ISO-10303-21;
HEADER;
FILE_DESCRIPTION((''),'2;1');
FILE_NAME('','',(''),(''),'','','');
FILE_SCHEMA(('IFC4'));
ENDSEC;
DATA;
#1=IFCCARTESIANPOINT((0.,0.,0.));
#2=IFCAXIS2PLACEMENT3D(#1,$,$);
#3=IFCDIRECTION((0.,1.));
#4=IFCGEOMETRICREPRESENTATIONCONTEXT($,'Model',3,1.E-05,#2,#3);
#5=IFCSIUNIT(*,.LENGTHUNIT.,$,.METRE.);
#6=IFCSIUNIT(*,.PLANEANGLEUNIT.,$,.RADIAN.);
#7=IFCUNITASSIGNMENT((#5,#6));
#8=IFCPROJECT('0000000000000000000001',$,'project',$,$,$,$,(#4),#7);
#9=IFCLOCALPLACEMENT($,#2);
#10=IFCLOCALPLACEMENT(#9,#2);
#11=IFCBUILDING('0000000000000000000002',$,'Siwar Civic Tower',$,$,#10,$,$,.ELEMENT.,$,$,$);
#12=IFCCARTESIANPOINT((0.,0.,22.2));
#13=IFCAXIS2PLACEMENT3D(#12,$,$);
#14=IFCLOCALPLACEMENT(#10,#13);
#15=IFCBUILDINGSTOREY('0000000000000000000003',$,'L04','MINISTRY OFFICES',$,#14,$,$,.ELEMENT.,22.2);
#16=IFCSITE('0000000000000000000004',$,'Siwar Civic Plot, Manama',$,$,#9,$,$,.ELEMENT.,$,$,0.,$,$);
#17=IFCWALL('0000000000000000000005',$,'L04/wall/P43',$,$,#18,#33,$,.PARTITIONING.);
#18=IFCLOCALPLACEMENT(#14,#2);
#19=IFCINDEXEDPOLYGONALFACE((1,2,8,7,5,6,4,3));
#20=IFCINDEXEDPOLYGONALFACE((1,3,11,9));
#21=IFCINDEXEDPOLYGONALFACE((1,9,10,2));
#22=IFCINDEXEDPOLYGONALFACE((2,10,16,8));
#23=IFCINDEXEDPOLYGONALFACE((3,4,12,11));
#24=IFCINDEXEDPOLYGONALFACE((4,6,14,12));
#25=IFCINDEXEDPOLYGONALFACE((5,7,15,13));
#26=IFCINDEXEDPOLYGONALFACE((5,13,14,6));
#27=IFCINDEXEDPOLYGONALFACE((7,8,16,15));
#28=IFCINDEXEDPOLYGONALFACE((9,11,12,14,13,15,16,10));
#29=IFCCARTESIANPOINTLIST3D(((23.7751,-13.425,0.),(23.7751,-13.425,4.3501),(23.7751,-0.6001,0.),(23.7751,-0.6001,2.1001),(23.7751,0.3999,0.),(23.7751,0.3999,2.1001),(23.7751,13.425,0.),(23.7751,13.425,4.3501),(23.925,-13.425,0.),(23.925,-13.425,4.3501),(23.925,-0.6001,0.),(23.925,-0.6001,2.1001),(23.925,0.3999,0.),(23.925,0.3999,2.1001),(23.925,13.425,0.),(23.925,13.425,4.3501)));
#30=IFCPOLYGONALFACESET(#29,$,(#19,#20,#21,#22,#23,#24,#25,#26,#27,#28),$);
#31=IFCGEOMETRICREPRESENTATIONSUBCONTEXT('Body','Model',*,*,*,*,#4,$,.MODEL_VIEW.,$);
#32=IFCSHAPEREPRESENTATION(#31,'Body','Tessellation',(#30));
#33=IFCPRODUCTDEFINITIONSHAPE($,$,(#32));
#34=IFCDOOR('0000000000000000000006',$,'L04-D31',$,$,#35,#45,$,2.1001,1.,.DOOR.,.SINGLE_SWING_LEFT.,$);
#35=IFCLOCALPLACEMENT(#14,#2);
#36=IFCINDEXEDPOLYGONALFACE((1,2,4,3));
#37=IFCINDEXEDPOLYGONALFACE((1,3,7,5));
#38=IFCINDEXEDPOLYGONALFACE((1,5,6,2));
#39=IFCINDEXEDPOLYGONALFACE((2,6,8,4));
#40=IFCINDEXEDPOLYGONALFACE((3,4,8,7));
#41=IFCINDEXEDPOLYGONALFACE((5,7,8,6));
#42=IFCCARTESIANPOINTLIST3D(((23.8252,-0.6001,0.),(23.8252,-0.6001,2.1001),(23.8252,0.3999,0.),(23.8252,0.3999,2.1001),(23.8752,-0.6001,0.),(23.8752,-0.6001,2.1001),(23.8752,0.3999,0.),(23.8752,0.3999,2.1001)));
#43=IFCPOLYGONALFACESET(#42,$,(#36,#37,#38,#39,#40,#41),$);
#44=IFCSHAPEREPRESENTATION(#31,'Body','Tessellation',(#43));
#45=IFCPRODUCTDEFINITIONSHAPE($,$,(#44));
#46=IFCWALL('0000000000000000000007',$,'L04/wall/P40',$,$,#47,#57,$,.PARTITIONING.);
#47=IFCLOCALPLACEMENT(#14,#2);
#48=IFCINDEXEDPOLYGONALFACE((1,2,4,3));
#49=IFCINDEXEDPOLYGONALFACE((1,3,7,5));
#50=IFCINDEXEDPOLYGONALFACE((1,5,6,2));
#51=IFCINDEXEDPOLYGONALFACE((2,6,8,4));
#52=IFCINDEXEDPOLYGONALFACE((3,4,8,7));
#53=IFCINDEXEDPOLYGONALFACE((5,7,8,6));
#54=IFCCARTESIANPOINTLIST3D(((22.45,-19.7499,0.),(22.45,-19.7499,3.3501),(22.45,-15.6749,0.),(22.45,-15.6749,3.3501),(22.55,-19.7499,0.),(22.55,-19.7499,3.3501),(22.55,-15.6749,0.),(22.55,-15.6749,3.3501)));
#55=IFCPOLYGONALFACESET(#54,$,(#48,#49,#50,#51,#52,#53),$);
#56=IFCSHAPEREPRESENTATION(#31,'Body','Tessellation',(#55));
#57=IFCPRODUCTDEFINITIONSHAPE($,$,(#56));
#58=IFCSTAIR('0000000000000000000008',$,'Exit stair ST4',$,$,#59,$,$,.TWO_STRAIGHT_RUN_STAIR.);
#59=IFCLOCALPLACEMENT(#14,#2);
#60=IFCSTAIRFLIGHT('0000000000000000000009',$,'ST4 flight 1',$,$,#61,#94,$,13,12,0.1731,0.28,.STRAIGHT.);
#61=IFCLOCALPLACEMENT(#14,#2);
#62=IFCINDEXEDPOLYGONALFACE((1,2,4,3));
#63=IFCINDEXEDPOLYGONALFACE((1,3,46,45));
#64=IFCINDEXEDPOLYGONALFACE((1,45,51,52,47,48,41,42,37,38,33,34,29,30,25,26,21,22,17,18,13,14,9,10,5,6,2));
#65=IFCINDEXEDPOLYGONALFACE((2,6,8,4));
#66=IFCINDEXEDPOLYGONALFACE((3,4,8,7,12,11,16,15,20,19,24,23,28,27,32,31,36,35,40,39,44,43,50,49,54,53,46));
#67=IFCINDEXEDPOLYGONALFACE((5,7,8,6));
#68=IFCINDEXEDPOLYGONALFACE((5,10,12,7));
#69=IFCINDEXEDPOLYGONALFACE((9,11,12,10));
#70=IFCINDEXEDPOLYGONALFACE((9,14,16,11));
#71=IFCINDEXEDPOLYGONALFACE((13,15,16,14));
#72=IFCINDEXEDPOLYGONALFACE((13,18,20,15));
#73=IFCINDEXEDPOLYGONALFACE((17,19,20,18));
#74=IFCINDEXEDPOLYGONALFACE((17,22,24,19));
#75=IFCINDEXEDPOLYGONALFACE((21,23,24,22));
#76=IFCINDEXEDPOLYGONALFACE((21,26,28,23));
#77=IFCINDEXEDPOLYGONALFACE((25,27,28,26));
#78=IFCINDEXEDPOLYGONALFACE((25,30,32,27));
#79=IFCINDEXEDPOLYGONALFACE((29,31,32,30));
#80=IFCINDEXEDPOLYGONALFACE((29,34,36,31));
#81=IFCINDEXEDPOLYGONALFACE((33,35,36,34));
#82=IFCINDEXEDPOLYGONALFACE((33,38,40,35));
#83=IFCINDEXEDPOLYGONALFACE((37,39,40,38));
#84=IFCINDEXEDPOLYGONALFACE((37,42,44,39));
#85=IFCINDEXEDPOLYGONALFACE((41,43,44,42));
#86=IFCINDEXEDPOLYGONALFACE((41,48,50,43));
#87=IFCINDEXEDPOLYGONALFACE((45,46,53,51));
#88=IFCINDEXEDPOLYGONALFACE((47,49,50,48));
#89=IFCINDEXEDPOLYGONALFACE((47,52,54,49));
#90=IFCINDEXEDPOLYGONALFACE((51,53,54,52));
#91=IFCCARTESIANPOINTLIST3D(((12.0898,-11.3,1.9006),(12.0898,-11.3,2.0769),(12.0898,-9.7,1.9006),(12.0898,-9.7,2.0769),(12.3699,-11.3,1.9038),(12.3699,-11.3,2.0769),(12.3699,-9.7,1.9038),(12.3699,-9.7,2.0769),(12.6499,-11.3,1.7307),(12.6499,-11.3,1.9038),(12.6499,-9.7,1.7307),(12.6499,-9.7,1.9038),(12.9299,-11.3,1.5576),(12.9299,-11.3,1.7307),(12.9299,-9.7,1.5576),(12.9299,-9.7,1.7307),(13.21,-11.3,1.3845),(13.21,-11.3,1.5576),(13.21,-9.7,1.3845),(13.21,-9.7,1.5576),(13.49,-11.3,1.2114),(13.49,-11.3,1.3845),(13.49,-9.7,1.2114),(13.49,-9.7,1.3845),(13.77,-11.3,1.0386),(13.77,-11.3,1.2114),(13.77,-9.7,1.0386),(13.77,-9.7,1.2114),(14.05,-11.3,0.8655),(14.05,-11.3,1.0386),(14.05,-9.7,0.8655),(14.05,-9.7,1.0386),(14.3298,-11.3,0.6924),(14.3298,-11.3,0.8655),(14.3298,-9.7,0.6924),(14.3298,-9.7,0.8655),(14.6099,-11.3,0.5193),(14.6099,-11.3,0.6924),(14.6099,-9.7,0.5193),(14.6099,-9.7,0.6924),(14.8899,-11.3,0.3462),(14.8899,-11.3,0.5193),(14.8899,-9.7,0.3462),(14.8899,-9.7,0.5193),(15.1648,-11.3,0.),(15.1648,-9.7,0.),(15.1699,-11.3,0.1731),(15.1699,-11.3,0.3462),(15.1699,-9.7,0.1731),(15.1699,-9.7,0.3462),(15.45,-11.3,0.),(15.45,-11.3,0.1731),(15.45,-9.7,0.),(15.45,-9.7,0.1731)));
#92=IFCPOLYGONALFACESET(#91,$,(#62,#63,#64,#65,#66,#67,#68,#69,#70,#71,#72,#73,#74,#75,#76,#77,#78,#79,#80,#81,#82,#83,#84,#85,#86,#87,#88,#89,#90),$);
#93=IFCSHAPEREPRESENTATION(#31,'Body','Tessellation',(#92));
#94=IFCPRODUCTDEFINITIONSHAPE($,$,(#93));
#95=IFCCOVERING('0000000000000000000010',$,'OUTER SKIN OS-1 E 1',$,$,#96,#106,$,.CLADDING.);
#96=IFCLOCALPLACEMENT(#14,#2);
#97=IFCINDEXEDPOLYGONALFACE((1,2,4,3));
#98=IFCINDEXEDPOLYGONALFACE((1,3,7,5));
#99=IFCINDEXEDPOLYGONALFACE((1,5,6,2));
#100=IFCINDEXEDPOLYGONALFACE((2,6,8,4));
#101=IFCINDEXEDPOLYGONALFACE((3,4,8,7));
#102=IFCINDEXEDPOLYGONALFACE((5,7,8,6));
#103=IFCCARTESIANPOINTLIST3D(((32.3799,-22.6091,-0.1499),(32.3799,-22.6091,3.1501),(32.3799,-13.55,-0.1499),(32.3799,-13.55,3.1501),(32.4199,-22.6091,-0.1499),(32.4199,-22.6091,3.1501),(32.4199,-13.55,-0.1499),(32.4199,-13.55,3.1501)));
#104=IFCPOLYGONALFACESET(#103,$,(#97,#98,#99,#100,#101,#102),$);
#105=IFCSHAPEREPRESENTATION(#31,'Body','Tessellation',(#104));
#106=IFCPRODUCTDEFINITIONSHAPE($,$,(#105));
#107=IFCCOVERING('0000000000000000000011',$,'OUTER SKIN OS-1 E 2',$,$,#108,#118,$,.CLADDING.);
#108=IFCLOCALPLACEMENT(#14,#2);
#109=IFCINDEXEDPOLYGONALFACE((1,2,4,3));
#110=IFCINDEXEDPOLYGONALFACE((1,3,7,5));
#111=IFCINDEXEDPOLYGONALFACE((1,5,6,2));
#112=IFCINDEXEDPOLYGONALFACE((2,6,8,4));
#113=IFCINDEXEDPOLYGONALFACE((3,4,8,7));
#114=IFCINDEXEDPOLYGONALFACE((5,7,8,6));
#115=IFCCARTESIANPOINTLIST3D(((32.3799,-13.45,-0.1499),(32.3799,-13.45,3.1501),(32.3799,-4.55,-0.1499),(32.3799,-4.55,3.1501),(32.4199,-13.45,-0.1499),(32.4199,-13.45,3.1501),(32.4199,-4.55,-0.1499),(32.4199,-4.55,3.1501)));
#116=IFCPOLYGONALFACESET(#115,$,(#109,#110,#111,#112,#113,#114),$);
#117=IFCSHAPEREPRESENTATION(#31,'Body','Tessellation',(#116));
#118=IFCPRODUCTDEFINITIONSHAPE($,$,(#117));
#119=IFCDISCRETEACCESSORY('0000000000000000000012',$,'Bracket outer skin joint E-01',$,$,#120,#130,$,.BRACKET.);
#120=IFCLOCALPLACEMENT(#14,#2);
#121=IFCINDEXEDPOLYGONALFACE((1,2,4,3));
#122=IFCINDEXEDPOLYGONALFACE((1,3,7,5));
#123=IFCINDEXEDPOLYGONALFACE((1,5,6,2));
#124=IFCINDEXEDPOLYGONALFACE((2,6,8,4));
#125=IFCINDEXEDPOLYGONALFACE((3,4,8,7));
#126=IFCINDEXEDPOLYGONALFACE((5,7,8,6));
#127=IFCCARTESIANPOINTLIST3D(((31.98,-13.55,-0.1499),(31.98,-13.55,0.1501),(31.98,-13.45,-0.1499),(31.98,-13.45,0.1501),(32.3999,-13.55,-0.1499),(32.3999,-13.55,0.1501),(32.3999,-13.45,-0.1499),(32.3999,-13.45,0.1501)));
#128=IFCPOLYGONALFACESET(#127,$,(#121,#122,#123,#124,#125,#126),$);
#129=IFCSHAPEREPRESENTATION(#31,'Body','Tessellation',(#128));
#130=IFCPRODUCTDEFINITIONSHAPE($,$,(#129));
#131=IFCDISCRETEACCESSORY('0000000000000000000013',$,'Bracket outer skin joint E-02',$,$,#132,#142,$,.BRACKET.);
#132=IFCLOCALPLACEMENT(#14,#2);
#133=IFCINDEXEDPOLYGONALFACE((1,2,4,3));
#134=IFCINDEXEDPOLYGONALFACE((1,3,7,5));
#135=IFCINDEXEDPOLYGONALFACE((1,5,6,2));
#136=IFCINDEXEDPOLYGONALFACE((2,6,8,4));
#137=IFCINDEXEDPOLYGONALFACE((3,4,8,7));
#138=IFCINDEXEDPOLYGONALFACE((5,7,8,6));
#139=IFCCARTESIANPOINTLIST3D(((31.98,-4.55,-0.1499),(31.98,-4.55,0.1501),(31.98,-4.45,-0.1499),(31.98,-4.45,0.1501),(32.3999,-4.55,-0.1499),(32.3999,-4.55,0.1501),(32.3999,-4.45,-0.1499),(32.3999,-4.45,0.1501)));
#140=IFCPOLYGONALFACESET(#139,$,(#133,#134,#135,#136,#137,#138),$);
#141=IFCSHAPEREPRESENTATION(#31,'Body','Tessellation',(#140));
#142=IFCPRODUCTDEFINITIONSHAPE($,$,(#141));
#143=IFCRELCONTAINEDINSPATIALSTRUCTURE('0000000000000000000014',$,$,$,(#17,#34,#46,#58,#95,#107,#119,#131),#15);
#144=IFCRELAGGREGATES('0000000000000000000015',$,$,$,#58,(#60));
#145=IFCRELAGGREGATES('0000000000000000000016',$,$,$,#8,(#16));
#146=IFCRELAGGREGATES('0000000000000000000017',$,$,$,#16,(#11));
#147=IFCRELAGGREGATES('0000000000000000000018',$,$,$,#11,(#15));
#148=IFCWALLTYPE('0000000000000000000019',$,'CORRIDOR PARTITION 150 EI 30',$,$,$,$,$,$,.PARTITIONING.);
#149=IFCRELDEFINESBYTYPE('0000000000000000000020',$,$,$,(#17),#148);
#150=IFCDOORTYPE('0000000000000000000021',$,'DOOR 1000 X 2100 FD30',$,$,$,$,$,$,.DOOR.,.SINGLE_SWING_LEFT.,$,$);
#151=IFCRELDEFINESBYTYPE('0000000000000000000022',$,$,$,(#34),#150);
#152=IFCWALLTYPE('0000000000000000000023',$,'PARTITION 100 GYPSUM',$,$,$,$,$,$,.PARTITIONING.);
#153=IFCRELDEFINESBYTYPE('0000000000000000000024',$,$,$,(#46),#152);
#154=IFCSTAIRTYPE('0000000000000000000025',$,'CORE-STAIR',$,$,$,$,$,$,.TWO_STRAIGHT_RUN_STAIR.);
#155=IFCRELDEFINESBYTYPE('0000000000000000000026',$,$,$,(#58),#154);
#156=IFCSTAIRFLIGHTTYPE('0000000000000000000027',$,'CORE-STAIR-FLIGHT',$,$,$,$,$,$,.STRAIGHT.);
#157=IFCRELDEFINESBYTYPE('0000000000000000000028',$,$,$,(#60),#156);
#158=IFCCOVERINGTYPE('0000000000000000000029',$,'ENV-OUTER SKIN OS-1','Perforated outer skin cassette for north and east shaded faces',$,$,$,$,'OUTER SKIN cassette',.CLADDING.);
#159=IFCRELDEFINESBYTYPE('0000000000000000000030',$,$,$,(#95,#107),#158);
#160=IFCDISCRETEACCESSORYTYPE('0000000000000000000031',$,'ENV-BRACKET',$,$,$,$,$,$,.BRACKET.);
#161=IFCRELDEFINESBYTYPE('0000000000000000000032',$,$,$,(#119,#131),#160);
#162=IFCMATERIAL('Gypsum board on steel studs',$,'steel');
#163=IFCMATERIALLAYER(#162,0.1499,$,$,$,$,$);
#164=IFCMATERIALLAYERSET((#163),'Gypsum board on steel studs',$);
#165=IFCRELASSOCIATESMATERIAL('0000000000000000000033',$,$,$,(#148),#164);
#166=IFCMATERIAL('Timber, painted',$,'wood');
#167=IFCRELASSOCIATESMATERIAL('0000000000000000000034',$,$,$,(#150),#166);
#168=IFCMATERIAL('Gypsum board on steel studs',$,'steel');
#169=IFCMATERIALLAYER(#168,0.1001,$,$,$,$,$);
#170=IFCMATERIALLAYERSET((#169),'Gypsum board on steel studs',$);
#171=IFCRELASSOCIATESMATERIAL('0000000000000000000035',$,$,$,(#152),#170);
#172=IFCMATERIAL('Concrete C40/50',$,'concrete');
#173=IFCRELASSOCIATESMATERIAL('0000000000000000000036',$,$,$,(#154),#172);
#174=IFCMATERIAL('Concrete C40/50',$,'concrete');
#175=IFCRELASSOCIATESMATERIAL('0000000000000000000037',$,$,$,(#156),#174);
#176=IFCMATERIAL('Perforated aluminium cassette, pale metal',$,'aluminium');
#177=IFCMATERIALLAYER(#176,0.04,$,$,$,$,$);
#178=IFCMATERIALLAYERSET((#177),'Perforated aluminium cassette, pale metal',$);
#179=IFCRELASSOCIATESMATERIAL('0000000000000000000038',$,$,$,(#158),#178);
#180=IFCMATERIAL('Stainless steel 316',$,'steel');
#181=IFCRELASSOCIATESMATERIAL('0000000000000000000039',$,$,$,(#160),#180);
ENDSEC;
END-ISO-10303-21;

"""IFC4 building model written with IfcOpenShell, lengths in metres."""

from ifc_helpers import new_model, si_unit, direction, frame, frame_2d, origin, origin_2d, place, context, subcontext, project, spatial, polyline, rectangle, outline, extrude, material, layer, layer_set, type_object, element, fill, aggregate, save


model = new_model("IFC4")

# Units and contexts
model_context = context("Model", 3, precision=1e-05, world=origin(), true_north=direction((0.0, 1.0)))
body_context = subcontext(model_context, "Body", "Model", "MODEL_VIEW")
ifc_project = project(units=[si_unit("LENGTHUNIT", "METRE"), si_unit("PLANEANGLEUNIT", "RADIAN")], contexts=[model_context])

# Site, building, storey
site_placement = place(None, origin())
site = spatial("IfcSite", under=ifc_project, at=site_placement, Name="Siwar Civic Plot, Manama", CompositionType="ELEMENT", RefElevation=0.0)
building_placement = place(site_placement, origin())
building = spatial("IfcBuilding", under=site, at=building_placement, Name="Siwar Civic Tower", CompositionType="ELEMENT")
storey_placement = place(building_placement, frame((0.0, 0.0, 22.2)))
storey = spatial("IfcBuildingStorey", under=building, at=storey_placement, Name="L04", Description="MINISTRY OFFICES", CompositionType="ELEMENT", Elevation=22.2)

# Shared definitions
ifc_material_1 = material(Name="Gypsum board on steel studs", Category="steel")
ifc_layer_1 = layer(ifc_material_1, 0.1499)
ifc_layer_set_1 = layer_set([ifc_layer_1], Name="Gypsum board on steel studs")
wall_type_1 = type_object("IfcWallType", Name="CORRIDOR PARTITION 150 EI 30", PredefinedType="PARTITIONING", material=ifc_layer_set_1)

# Wall, opening, door
wall_1_placement = place(storey_placement, frame((23.8501, -13.425, 0.0), z_axis=(0.0, 0.0, 1.0), x_axis=(0.0, 1.0, 0.0)))
wall_1 = element("IfcWall", 1, at=wall_1_placement, inside=storey, type_object=wall_type_1, Name="L04/wall/P43", PredefinedType="PARTITIONING", context=body_context, shape_type="SweptSolid", body=[
    extrude(rectangle(XDim=26.8501, YDim=0.1499, at=frame_2d((13.425, 0.0))), origin(), (0.0, 0.0, 1.0), 4.3501),
])
opening_1_placement = place(wall_1_placement, frame((12.825, 0.0, 0.0)))
opening_1 = element("IfcOpeningElement", 2, at=opening_1_placement, cuts=wall_1, PredefinedType="OPENING", context=body_context, shape_type="SweptSolid", body=[
    extrude(rectangle(XDim=1.0, YDim=2.1001, at=frame_2d((0.5, 1.05))), frame((0.0, 0.085, 0.0), z_axis=(0.0, -1.0, 0.0), x_axis=(1.0, 0.0, 0.0)), (0.0, 0.0, 1.0), 0.1699),
])
ifc_material_2 = material(Name="Timber, painted", Category="wood")
door_type_1 = type_object("IfcDoorType", Name="DOOR 1000 X 2100 FD30", OperationType="SINGLE_SWING_LEFT", PredefinedType="DOOR", material=ifc_material_2)
door_1_placement = place(opening_1_placement, origin())
door_1 = element("IfcDoor", 3, at=door_1_placement, inside=storey, type_object=door_type_1, Name="L04-D31", OperationType="SINGLE_SWING_LEFT", OverallHeight=2.1001, OverallWidth=1.0, PredefinedType="DOOR", context=body_context, shape_type="SweptSolid", body=[
    extrude(rectangle(XDim=1.0, YDim=2.1001, at=frame_2d((0.5, 1.05))), frame((0.0, 0.0249, 0.0), z_axis=(0.0, -1.0, 0.0), x_axis=(1.0, 0.0, 0.0)), (0.0, 0.0, 1.0), 0.05),
])
fill(opening_1, door_1)

# Wall
ifc_material_3 = material(Name="Gypsum board on steel studs", Category="steel")
ifc_layer_2 = layer(ifc_material_3, 0.1001)
ifc_layer_set_2 = layer_set([ifc_layer_2], Name="Gypsum board on steel studs")
wall_type_2 = type_object("IfcWallType", Name="PARTITION 100 GYPSUM", PredefinedType="PARTITIONING", material=ifc_layer_set_2)
wall_2_placement = place(storey_placement, frame((22.5, -19.75, 0.0), z_axis=(0.0, 0.0, 1.0), x_axis=(0.0, 1.0, 0.0)))
element("IfcWall", 4, at=wall_2_placement, inside=storey, type_object=wall_type_2, Name="L04/wall/P40", PredefinedType="PARTITIONING", context=body_context, shape_type="SweptSolid", body=[
    extrude(rectangle(XDim=4.075, YDim=0.1001, at=frame_2d((2.0376, 0.0))), origin(), (0.0, 0.0, 1.0), 3.3501),
])

# Stair, stair flight
ifc_material_4 = material(Name="Concrete C40/50", Category="concrete")
stair_type = type_object("IfcStairType", Name="CORE-STAIR", PredefinedType="TWO_STRAIGHT_RUN_STAIR", material=ifc_material_4)
stair_placement = place(storey_placement, origin())
stair = element("IfcStair", 5, at=stair_placement, inside=storey, type_object=stair_type, Name="Exit stair ST4", PredefinedType="TWO_STRAIGHT_RUN_STAIR")
ifc_material_5 = material(Name="Concrete C40/50", Category="concrete")
stair_flight_type = type_object("IfcStairFlightType", Name="CORE-STAIR-FLIGHT", PredefinedType="STRAIGHT", material=ifc_material_5)
stair_flight_placement = place(storey_placement, frame((15.45, -10.5, 0.0), z_axis=(0.0, 0.0, 1.0), x_axis=(-1.0, 0.0, 0.0)))
stair_flight = element("IfcStairFlight", 6, at=stair_flight_placement, type_object=stair_flight_type, Name="ST4 flight 1", NumberOfRisers=13, NumberOfTreads=12, PredefinedType="STRAIGHT", RiserHeight=0.1731, TreadLength=0.28, context=body_context, shape_type="SweptSolid", body=[
    extrude(outline(polyline([(0.0, 0.0), (0.0, 0.1731), (0.28, 0.1731), (0.28, 0.3462), (0.5601, 0.3462), (0.5601, 0.5193), (0.8401, 0.5193), (0.8401, 0.6924), (1.1201, 0.6924), (1.1201, 0.8655), (1.3999, 0.8655), (1.3999, 1.0386), (1.6799, 1.0386), (1.6799, 1.2114), (1.96, 1.2114), (1.96, 1.3845), (2.24, 1.3845), (2.24, 1.5576), (2.52, 1.5576), (2.52, 1.7307), (2.8, 1.7307), (2.8, 1.9038), (3.0801, 1.9038), (3.0801, 2.0769), (3.3601, 2.0769), (3.3601, 2.25), (3.3601, 1.9006), (0.2852, 0.0), (0.0, 0.0)])), frame((0.0, 0.8, 0.0), z_axis=(0.0, -1.0, 0.0), x_axis=(1.0, 0.0, 0.0)), (0.0, 0.0, 1.0), 1.6001),
])
aggregate(stair, [stair_flight])

# Coverings
ifc_material_6 = material(Name="Perforated aluminium cassette, pale metal", Category="aluminium")
ifc_layer_3 = layer(ifc_material_6, 0.04)
ifc_layer_set_3 = layer_set([ifc_layer_3], Name="Perforated aluminium cassette, pale metal")
covering_type = type_object("IfcCoveringType", Name="ENV-OUTER SKIN OS-1", Description="Perforated outer skin cassette for north and east shaded faces", ElementType="OUTER SKIN cassette", PredefinedType="CLADDING", material=ifc_layer_set_3)
covering_1_placement = place(storey_placement, frame((32.3999, -18.0796, -0.1499), z_axis=(0.0, 0.0, 1.0), x_axis=(0.0, 1.0, 0.0)))
element("IfcCovering", 7, at=covering_1_placement, inside=storey, type_object=covering_type, Name="OUTER SKIN OS-1 E 1", PredefinedType="CLADDING", context=body_context, shape_type="SweptSolid", body=[
    extrude(rectangle(XDim=9.0591, YDim=0.04, at=origin_2d()), origin(), (0.0, 0.0, 1.0), 3.3),
])
covering_2_placement = place(storey_placement, frame((32.3999, -9.0, -0.1499), z_axis=(0.0, 0.0, 1.0), x_axis=(0.0, 1.0, 0.0)))
element("IfcCovering", 8, at=covering_2_placement, inside=storey, type_object=covering_type, Name="OUTER SKIN OS-1 E 2", PredefinedType="CLADDING", context=body_context, shape_type="SweptSolid", body=[
    extrude(rectangle(XDim=8.8999, YDim=0.04, at=origin_2d()), origin(), (0.0, 0.0, 1.0), 3.3),
])

# Discrete accessories
ifc_material_7 = material(Name="Stainless steel 316", Category="steel")
discrete_accessory_type = type_object("IfcDiscreteAccessoryType", Name="ENV-BRACKET", PredefinedType="BRACKET", material=ifc_material_7)
for number, where, z_axis, x_axis, name in (
    (9, (32.1899, -13.5, -0.1499), (0.0, 0.0, 1.0), (1.0, 0.0, 0.0), "Bracket outer skin joint E-01"),
    (10, (32.1899, -4.5, -0.1499), (0.0, 0.0, 1.0), (1.0, 0.0, 0.0), "Bracket outer skin joint E-02"),
):
    element("IfcDiscreteAccessory", number, at=place(storey_placement, frame(where, z_axis=z_axis, x_axis=x_axis)), inside=storey, type_object=discrete_accessory_type, Name=name, PredefinedType="BRACKET", context=body_context, shape_type="SweptSolid", body=[
        extrude(rectangle(XDim=0.4199, YDim=0.1001, at=origin_2d()), origin(), (0.0, 0.0, 1.0), 0.3),
    ])

save(model, "model.ifc")
